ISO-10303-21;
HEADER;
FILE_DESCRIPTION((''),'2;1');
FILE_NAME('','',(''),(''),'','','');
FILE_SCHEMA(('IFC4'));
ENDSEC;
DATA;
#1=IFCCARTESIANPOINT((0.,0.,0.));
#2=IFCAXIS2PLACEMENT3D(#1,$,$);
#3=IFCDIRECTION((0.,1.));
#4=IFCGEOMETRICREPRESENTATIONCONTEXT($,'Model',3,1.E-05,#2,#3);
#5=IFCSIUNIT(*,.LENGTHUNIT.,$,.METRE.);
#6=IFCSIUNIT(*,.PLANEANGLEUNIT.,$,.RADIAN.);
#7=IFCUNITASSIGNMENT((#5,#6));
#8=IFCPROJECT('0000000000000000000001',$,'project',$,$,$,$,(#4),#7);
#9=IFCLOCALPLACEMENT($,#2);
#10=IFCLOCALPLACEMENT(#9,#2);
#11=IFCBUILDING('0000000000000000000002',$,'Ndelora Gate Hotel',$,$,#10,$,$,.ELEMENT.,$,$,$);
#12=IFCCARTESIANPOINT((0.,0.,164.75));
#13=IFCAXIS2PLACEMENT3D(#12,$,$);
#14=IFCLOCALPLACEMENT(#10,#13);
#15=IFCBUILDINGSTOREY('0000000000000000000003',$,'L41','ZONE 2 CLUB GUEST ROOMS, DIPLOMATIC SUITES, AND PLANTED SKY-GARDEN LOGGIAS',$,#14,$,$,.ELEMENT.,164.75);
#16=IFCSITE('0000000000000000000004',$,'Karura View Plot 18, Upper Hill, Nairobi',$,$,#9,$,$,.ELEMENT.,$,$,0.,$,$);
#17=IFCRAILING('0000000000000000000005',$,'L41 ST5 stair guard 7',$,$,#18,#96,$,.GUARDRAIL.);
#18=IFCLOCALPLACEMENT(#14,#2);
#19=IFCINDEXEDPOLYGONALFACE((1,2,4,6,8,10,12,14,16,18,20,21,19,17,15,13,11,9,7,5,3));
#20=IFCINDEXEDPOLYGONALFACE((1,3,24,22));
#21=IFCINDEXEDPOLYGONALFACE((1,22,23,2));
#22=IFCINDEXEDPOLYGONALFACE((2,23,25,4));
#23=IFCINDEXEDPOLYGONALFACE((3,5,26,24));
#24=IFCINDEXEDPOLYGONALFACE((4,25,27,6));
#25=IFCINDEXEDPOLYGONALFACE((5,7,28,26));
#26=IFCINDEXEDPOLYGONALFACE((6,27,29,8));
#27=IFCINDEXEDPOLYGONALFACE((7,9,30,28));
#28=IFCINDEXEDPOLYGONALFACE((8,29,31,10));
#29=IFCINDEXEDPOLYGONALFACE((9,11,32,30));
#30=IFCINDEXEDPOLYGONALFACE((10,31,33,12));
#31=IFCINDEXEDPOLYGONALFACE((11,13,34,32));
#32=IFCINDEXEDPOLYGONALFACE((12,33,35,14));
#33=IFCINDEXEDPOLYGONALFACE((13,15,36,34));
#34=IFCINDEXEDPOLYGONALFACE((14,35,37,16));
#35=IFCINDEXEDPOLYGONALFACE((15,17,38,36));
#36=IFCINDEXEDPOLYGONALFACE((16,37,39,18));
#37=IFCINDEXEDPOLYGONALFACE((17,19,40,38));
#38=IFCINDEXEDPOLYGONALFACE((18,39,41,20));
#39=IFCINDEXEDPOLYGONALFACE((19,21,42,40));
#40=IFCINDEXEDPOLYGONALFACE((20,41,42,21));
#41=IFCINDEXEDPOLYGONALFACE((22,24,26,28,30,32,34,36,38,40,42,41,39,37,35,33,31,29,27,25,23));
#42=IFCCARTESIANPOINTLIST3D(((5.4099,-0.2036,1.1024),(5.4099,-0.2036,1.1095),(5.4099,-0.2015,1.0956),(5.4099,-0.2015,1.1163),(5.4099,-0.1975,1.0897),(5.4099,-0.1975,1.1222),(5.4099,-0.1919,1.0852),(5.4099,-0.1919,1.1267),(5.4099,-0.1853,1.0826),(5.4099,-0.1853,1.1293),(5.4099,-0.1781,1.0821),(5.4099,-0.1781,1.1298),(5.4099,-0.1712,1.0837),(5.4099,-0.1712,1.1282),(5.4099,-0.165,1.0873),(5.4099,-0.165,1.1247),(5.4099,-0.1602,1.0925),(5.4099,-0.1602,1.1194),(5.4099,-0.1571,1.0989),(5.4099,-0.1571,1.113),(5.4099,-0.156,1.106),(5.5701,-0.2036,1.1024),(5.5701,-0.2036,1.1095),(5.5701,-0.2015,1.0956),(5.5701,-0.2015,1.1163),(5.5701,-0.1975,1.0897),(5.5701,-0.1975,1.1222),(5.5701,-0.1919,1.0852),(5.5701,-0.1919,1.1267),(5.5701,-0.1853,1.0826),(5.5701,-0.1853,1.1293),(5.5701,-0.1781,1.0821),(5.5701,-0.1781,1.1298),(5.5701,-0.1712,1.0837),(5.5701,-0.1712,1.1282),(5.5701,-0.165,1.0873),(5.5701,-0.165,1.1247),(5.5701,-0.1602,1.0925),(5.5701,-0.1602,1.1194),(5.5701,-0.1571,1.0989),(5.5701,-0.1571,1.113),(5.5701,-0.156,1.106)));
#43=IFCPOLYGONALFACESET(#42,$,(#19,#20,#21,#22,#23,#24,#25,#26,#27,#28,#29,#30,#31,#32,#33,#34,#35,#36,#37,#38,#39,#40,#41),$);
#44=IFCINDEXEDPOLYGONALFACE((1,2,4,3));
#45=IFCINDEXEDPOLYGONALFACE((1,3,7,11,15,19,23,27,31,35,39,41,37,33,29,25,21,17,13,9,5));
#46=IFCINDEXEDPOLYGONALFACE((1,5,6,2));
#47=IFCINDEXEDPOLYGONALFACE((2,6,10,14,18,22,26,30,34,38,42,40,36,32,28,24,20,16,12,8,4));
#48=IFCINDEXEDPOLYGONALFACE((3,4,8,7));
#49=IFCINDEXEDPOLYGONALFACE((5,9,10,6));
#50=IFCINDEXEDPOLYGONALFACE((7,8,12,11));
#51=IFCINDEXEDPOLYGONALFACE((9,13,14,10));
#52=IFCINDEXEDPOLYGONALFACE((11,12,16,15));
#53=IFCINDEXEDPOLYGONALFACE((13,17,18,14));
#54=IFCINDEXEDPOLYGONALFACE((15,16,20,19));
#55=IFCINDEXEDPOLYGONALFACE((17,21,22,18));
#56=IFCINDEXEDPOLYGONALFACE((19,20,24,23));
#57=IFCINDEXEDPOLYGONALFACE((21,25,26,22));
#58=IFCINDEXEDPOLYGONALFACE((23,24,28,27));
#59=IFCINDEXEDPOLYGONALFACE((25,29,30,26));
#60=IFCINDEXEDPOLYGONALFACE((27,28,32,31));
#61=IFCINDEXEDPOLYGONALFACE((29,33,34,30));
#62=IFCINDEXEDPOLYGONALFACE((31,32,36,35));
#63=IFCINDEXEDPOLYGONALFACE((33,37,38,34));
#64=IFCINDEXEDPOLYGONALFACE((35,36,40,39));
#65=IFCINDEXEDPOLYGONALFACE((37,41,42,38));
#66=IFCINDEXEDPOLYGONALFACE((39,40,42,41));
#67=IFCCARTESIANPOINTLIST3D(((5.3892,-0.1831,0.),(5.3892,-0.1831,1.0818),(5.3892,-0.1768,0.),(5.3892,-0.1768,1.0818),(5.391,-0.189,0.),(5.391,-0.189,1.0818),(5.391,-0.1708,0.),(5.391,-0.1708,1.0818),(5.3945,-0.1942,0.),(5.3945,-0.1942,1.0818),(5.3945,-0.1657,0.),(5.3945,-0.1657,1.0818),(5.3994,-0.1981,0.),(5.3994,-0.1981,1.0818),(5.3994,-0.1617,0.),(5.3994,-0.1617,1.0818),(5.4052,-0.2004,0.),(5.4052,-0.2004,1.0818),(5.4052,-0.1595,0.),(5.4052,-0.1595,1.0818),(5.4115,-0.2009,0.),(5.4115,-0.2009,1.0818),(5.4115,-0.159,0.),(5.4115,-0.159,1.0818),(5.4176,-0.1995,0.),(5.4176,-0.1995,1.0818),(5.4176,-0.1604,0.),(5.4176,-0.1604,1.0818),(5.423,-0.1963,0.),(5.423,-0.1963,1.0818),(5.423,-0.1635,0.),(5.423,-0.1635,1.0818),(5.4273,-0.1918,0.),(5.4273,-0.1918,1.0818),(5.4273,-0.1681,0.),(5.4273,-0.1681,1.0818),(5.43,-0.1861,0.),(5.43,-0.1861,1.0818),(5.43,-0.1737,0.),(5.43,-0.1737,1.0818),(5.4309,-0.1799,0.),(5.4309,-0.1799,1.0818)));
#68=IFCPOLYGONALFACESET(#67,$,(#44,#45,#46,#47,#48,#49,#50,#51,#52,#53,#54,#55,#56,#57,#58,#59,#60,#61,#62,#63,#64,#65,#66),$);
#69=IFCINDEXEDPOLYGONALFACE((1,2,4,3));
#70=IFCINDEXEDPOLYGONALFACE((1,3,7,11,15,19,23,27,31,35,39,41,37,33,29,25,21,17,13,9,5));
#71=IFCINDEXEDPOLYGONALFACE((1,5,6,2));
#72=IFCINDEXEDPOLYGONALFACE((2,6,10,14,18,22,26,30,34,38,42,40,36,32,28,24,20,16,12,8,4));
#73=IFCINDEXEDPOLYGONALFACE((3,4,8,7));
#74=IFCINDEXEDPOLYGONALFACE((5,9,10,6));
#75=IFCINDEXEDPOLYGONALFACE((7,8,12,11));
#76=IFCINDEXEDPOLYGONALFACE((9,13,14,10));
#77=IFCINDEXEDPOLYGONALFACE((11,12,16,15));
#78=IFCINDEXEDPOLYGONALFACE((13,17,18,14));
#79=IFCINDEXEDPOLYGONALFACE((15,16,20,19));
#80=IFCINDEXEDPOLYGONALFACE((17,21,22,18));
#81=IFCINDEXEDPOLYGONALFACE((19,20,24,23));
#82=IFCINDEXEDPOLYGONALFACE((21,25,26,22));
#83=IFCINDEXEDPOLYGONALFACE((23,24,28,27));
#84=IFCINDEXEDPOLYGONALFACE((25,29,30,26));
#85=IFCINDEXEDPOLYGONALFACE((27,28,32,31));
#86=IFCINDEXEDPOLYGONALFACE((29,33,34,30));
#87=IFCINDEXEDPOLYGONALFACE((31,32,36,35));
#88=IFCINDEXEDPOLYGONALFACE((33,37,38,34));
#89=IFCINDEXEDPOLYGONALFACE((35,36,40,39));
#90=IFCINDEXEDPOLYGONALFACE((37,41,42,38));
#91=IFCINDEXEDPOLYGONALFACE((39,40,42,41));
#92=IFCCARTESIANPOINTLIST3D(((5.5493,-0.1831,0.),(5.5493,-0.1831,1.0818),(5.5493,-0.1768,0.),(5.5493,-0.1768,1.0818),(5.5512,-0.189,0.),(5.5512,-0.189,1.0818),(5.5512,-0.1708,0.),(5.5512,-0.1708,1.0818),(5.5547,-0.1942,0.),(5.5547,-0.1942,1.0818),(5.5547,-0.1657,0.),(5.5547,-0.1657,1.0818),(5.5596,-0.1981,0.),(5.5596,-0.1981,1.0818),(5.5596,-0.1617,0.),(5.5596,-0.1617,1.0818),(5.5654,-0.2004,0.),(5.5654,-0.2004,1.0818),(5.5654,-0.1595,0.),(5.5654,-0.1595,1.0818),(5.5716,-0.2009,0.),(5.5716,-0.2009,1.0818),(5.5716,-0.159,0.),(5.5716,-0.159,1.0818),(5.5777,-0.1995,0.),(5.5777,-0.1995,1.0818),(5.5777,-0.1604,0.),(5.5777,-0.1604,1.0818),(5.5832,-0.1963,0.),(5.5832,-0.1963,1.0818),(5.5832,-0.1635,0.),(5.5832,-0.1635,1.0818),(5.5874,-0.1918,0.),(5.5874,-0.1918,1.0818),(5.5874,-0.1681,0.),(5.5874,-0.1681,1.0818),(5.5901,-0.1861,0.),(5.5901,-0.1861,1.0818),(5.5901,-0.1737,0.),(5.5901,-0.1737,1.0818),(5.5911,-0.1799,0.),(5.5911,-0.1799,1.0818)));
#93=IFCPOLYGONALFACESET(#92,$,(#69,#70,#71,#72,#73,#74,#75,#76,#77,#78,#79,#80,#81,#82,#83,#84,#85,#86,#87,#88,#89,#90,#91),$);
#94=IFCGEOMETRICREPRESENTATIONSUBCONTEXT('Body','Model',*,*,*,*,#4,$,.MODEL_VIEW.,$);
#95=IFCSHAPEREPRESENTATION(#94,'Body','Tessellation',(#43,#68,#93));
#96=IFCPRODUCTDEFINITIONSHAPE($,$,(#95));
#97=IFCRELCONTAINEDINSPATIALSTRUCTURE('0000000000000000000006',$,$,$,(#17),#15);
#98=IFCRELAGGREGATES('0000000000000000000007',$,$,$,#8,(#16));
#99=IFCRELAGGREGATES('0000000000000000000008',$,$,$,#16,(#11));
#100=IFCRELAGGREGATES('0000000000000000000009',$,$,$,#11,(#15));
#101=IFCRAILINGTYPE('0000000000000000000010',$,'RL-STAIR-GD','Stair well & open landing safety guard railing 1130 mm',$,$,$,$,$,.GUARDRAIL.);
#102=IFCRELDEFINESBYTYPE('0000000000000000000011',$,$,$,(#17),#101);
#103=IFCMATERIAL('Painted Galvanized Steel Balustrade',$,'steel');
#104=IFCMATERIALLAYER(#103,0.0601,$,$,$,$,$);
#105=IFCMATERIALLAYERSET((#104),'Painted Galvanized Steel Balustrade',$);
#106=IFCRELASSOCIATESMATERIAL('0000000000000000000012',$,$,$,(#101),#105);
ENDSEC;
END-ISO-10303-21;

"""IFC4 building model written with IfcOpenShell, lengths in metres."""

from ifc_helpers import new_model, si_unit, direction, frame, origin, origin_2d, place, context, subcontext, project, spatial, circle, extrude, material, layer, layer_set, type_object, element, save


model = new_model("IFC4")

# Units and contexts
model_context = context("Model", 3, precision=1e-05, world=origin(), true_north=direction((0.0, 1.0)))
body_context = subcontext(model_context, "Body", "Model", "MODEL_VIEW")
ifc_project = project(units=[si_unit("LENGTHUNIT", "METRE"), si_unit("PLANEANGLEUNIT", "RADIAN")], contexts=[model_context])

# Site, building, storey
site_placement = place(None, origin())
site = spatial("IfcSite", under=ifc_project, at=site_placement, Name="Karura View Plot 18, Upper Hill, Nairobi", CompositionType="ELEMENT", RefElevation=0.0)
building_placement = place(site_placement, origin())
building = spatial("IfcBuilding", under=site, at=building_placement, Name="Ndelora Gate Hotel", CompositionType="ELEMENT")
storey_placement = place(building_placement, frame((0.0, 0.0, 164.75)))
storey = spatial("IfcBuildingStorey", under=building, at=storey_placement, Name="L41", Description="ZONE 2 CLUB GUEST ROOMS, DIPLOMATIC SUITES, AND PLANTED SKY-GARDEN LOGGIAS", CompositionType="ELEMENT", Elevation=164.75)

# Railing
ifc_material_1 = material(Name="Painted Galvanized Steel Balustrade", Category="steel")
ifc_layer_1 = layer(ifc_material_1, 0.0601)
ifc_layer_set_1 = layer_set([ifc_layer_1], Name="Painted Galvanized Steel Balustrade")
railing_type_1 = type_object("IfcRailingType", Name="RL-STAIR-GD", Description="Stair well & open landing safety guard railing 1130 mm", PredefinedType="GUARDRAIL", material=ifc_layer_set_1)
railing_1_placement = place(storey_placement, frame((5.4099, -0.1799, 0.0)))
element("IfcRailing", 1, at=railing_1_placement, inside=storey, type_object=railing_type_1, Name="L41 ST5 stair guard 7", PredefinedType="GUARDRAIL", context=body_context, shape_type="SweptSolid", body=[
    extrude(circle(Radius=0.0239, at=origin_2d()), frame((0.0, 0.0, 1.106), z_axis=(1.0, 0.0, 0.0), x_axis=(0.0, 1.0, 0.0)), (0.0, 0.0, 1.0), 0.1602),
    extrude(circle(Radius=0.021, at=origin_2d()), origin(), (0.0, 0.0, 1.0), 1.0818),
    extrude(circle(Radius=0.021, at=origin_2d()), frame((0.1602, 0.0, 0.0)), (0.0, 0.0, 1.0), 1.0818),
])

save(model, "model.ifc")
